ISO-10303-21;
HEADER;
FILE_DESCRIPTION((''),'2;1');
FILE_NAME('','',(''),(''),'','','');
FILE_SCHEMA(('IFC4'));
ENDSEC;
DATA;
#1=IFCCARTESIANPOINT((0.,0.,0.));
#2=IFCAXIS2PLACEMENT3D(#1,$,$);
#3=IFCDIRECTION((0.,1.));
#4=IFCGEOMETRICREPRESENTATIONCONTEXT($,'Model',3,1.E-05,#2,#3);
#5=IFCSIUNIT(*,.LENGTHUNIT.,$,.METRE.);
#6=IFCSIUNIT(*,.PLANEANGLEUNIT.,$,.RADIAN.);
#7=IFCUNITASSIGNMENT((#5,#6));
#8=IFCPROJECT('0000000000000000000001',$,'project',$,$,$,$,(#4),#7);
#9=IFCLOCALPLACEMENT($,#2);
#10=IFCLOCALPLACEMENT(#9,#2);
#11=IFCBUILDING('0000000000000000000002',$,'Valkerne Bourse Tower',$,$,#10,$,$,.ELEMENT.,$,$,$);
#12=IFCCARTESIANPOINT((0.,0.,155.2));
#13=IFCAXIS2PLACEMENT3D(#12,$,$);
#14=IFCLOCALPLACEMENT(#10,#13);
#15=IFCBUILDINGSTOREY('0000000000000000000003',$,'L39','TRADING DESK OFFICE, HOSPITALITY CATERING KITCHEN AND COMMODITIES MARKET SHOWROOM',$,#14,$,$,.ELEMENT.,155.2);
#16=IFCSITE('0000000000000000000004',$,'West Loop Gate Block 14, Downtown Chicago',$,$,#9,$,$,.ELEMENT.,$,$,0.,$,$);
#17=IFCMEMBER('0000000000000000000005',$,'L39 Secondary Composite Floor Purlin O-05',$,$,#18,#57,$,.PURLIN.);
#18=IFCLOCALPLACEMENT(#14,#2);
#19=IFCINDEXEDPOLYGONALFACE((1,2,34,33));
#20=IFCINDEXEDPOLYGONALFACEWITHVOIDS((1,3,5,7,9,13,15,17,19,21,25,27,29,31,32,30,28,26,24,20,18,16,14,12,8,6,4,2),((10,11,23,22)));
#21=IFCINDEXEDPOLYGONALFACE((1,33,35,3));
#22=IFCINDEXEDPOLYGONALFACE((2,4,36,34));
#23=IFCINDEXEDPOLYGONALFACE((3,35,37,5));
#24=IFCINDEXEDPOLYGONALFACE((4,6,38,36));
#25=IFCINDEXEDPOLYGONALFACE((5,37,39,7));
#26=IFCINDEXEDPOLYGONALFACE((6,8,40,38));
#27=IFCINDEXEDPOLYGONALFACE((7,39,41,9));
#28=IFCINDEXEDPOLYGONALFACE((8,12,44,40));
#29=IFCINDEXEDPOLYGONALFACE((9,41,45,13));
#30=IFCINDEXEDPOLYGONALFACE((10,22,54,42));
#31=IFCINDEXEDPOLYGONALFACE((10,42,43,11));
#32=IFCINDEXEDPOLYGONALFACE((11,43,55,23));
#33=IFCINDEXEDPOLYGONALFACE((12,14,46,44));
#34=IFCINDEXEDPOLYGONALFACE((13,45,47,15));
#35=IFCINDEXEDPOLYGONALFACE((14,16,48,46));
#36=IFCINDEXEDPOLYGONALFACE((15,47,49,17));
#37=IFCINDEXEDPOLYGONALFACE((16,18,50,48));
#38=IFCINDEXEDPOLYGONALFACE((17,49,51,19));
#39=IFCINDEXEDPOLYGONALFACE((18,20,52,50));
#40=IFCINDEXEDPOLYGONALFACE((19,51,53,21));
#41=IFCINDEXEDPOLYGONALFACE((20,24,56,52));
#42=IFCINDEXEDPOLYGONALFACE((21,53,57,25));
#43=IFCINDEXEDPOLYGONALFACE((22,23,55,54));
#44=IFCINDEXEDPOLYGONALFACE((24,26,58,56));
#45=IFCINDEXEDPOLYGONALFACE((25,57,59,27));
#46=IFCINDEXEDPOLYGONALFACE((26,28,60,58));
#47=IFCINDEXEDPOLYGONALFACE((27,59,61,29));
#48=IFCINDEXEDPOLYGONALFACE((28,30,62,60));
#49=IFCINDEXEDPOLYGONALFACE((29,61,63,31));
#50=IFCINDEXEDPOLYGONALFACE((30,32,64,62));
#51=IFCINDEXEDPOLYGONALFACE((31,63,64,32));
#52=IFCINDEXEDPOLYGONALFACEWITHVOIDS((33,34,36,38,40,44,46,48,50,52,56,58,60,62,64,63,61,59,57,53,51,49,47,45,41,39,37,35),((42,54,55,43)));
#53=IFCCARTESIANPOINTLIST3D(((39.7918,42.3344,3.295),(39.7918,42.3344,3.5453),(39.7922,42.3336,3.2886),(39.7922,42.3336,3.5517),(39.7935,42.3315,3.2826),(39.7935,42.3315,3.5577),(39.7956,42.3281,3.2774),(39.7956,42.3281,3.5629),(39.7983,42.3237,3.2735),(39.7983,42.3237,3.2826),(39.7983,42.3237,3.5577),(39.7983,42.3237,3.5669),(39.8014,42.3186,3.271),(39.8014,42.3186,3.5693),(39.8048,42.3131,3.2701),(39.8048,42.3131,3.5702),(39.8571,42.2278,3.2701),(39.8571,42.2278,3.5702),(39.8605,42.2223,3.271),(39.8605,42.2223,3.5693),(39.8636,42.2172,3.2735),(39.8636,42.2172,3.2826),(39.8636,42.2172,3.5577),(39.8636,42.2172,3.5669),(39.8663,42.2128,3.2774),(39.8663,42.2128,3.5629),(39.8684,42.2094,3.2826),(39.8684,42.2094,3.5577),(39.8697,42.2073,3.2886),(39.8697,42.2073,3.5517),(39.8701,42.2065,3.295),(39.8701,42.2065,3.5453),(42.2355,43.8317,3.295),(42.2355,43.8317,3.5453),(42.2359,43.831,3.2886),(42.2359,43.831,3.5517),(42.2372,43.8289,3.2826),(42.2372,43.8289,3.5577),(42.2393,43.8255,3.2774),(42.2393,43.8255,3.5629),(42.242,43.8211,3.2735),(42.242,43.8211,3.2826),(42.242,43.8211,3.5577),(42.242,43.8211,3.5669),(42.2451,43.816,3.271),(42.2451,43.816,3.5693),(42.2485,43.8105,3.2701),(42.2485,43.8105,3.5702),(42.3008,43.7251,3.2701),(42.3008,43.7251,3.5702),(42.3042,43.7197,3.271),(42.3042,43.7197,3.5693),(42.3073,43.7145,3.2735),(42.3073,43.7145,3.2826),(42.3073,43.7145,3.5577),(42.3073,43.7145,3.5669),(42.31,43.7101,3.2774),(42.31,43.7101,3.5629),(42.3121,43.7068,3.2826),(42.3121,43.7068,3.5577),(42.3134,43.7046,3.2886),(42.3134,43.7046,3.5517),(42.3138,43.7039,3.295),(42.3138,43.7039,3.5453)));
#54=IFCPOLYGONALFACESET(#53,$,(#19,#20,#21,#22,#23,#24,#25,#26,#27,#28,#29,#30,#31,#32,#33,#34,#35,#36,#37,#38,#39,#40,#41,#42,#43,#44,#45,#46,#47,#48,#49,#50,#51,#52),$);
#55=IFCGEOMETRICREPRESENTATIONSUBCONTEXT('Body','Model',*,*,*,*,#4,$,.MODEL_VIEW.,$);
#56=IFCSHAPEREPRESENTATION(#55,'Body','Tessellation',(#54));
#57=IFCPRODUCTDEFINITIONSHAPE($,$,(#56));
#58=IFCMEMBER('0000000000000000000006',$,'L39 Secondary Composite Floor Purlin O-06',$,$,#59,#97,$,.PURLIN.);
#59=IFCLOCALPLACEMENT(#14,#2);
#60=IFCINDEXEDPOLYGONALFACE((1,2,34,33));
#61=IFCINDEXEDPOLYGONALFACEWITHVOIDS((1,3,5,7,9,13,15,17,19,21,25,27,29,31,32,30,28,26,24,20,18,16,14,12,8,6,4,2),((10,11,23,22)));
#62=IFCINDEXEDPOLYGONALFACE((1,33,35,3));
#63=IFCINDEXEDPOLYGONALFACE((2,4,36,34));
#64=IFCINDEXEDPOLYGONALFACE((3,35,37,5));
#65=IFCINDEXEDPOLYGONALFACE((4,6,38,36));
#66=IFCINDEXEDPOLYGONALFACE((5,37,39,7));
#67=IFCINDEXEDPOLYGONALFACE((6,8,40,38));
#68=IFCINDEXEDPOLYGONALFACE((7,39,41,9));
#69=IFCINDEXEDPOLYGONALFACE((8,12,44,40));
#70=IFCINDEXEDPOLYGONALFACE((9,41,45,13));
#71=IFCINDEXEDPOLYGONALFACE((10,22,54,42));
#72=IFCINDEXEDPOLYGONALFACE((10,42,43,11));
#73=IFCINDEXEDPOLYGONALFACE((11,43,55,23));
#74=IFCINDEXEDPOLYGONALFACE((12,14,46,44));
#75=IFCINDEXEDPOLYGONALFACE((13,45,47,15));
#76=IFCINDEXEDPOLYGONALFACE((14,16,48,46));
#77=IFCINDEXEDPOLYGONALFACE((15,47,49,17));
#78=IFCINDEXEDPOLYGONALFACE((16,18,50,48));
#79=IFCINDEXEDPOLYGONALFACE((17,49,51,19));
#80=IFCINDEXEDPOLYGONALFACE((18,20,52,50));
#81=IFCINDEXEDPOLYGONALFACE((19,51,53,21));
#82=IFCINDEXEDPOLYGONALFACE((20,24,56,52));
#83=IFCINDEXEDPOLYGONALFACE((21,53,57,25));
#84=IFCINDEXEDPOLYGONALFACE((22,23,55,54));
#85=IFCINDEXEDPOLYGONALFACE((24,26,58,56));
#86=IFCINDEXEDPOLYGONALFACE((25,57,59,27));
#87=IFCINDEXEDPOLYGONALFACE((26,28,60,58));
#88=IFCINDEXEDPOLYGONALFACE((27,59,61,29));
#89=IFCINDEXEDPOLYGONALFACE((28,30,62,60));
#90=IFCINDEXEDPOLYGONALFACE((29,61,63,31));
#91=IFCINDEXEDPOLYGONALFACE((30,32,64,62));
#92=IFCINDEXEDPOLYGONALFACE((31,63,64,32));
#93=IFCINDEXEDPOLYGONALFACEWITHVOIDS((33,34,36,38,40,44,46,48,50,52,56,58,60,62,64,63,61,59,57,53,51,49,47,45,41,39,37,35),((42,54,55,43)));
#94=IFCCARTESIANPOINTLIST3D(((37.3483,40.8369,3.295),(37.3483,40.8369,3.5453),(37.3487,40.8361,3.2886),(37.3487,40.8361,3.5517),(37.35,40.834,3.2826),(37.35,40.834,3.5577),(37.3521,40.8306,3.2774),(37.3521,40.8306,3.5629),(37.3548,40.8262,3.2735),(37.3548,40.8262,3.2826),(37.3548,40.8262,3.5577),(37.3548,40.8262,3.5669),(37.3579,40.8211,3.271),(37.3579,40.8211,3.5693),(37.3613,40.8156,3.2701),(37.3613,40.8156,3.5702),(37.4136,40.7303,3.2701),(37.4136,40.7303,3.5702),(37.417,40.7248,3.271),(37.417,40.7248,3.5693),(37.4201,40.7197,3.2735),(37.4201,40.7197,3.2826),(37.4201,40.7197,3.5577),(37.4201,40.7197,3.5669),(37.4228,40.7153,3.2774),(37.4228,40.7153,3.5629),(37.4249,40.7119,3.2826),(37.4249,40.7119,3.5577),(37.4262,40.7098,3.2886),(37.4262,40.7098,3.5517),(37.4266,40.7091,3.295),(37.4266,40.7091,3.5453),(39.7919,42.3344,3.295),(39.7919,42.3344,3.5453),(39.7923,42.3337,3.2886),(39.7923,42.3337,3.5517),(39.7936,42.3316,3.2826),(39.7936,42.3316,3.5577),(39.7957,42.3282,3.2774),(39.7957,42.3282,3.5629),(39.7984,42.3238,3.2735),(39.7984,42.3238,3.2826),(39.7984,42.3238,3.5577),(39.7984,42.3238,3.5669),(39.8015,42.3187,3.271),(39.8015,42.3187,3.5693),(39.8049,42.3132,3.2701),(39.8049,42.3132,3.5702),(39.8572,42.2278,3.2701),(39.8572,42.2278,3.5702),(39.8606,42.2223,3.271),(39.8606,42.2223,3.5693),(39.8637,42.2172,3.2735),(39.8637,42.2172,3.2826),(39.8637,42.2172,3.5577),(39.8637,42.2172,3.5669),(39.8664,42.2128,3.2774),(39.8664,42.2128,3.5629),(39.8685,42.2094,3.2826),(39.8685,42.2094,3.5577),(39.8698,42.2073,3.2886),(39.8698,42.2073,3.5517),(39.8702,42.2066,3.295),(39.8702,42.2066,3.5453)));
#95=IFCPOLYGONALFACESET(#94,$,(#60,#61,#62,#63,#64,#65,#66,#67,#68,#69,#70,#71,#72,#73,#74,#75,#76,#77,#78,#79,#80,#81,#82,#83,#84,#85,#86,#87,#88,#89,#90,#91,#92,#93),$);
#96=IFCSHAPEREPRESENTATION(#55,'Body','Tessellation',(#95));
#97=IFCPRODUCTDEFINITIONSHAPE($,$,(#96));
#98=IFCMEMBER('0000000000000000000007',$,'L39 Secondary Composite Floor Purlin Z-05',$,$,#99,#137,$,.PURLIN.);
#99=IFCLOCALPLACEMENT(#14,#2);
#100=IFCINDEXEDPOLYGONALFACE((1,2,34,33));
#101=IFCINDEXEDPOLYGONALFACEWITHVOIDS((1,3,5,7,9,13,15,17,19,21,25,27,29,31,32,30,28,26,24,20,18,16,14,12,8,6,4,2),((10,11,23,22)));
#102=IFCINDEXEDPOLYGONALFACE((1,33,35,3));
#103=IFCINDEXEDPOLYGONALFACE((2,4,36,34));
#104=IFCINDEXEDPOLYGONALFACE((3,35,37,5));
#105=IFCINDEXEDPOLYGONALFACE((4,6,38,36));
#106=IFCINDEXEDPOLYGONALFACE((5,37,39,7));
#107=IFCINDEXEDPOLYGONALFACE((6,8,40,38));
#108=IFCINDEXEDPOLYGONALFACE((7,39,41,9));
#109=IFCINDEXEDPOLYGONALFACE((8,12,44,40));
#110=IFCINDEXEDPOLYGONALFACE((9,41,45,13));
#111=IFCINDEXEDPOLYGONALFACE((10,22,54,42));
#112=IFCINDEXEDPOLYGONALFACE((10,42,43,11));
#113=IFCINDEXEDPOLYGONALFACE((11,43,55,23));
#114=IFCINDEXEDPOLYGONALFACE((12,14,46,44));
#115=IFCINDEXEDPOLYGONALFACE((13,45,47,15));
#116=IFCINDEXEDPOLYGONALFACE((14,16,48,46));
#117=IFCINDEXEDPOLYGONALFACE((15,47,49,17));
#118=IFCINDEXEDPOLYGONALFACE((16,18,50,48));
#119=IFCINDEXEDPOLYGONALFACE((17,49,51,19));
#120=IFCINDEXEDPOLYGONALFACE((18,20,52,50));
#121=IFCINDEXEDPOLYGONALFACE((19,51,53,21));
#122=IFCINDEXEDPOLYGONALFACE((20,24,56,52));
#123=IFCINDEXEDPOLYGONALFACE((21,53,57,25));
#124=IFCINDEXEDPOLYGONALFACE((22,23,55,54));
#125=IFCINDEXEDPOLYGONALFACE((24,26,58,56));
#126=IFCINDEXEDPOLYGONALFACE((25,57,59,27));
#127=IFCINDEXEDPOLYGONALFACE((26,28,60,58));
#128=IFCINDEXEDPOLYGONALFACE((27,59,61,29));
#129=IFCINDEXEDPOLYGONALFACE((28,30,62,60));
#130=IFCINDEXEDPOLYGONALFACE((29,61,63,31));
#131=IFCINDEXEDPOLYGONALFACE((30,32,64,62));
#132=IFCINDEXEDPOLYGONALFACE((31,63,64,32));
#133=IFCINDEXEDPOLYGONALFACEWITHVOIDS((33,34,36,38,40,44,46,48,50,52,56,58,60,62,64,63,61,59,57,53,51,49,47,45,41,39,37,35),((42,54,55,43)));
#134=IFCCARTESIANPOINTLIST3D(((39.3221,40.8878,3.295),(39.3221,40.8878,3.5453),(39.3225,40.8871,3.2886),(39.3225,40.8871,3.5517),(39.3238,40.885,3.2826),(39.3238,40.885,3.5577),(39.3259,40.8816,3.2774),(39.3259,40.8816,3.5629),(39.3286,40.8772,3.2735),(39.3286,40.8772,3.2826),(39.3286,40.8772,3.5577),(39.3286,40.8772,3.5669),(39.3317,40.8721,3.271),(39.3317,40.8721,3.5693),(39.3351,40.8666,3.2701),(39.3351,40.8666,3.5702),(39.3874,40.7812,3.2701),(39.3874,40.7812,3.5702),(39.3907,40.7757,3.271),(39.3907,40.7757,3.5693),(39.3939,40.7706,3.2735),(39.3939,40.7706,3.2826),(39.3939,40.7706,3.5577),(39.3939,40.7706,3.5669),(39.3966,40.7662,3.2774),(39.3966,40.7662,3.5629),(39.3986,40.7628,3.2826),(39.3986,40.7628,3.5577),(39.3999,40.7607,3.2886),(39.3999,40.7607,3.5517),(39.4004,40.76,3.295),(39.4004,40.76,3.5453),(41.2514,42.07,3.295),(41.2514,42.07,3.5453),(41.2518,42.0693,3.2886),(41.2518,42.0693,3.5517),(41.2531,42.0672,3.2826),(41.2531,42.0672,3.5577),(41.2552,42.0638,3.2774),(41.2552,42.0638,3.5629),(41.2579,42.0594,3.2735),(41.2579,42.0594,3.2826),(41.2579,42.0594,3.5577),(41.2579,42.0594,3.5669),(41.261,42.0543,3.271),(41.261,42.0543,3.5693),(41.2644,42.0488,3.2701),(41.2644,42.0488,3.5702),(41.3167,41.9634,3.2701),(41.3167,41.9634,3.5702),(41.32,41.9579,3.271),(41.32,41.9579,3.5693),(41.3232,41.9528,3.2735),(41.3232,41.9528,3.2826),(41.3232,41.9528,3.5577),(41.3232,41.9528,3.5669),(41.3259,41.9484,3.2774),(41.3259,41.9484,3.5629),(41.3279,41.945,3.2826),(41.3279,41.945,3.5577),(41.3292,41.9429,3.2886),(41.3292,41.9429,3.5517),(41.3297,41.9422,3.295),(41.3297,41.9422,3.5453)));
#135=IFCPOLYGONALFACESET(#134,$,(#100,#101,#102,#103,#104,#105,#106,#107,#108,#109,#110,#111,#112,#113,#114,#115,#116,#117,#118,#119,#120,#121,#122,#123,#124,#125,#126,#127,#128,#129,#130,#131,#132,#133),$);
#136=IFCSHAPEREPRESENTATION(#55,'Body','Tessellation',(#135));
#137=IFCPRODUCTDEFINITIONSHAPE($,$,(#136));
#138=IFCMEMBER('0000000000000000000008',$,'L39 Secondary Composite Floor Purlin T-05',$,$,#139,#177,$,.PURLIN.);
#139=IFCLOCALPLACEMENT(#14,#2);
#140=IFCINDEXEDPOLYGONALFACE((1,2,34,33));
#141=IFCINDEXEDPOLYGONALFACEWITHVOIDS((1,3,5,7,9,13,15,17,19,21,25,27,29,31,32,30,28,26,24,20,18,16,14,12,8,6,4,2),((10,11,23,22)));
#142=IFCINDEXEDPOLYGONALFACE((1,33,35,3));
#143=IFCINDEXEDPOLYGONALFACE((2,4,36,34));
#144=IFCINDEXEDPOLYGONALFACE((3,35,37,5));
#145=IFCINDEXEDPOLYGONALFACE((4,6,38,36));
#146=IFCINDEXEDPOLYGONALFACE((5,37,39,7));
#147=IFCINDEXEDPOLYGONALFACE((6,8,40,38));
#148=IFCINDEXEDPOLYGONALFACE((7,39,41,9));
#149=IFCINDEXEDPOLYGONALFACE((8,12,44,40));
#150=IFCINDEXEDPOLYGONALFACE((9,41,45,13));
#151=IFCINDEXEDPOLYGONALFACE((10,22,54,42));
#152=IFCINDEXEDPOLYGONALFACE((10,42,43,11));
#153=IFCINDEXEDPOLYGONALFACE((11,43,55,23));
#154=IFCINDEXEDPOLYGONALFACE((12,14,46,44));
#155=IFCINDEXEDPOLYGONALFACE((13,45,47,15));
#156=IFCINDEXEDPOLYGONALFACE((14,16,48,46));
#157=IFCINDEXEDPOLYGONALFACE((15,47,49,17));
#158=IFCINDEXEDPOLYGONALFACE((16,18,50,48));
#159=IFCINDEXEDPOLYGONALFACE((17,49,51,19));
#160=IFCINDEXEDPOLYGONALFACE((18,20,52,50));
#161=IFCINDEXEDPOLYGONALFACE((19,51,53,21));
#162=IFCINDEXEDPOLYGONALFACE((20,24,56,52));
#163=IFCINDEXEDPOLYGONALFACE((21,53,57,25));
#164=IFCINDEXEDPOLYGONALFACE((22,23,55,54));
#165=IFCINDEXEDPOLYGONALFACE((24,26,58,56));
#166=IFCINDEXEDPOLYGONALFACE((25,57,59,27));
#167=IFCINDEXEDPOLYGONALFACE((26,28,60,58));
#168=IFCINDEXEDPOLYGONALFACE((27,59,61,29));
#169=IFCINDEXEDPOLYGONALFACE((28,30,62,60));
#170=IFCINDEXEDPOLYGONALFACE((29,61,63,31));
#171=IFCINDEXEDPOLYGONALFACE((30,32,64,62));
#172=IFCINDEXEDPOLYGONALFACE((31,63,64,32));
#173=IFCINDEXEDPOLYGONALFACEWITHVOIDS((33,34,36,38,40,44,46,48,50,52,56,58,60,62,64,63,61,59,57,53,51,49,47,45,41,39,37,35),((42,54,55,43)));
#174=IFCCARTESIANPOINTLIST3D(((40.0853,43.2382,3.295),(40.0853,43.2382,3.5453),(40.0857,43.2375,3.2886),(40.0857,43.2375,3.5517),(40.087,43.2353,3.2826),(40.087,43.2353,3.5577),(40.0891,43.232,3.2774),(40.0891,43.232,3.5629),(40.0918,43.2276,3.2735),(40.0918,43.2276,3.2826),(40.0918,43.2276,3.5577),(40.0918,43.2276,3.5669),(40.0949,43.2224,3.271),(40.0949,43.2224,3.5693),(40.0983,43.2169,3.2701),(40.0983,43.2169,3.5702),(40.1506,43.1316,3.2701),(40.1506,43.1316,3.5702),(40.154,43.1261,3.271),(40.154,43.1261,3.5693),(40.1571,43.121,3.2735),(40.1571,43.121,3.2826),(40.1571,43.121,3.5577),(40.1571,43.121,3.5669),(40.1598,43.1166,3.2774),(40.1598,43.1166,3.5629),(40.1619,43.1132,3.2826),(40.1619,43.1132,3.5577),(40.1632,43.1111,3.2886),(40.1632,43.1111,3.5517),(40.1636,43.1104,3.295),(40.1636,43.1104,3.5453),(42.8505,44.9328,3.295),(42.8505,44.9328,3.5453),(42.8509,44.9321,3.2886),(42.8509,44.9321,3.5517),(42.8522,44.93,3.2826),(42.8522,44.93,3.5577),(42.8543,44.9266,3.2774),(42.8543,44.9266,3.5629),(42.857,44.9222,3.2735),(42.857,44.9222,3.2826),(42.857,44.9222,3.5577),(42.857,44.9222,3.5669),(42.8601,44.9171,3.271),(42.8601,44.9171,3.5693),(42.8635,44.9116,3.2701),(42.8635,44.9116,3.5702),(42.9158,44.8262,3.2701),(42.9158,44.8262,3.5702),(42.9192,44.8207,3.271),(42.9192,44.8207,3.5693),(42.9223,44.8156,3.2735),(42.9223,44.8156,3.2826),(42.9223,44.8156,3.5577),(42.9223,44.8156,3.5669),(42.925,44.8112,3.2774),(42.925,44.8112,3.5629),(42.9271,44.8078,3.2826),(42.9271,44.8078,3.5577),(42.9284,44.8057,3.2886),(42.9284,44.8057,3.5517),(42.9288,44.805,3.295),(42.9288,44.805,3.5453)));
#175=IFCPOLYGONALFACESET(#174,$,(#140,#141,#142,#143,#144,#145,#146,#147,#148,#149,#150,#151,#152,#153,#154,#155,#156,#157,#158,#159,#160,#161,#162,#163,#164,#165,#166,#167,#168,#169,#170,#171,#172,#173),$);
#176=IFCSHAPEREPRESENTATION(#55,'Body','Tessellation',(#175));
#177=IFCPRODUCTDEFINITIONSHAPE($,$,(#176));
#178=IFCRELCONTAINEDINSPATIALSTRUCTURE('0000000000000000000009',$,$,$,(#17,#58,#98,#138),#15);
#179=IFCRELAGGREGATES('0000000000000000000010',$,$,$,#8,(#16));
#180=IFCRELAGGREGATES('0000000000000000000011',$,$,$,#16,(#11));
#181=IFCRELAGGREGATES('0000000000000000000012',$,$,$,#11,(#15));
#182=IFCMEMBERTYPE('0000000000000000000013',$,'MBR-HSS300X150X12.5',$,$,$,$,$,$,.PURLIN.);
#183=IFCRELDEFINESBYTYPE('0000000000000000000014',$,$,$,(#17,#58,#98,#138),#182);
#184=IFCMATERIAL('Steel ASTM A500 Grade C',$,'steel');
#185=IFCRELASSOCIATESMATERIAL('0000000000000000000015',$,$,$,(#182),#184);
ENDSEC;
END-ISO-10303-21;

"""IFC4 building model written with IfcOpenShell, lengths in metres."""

from ifc_helpers import new_model, si_unit, direction, frame, origin, origin_2d, place, context, subcontext, project, spatial, hollow_rectangle, extrude, material, material_profile, profile_set, type_object, element, save


model = new_model("IFC4")

# Units and contexts
model_context = context("Model", 3, precision=1e-05, world=origin(), true_north=direction((0.0, 1.0)))
body_context = subcontext(model_context, "Body", "Model", "MODEL_VIEW")
ifc_project = project(units=[si_unit("LENGTHUNIT", "METRE"), si_unit("PLANEANGLEUNIT", "RADIAN")], contexts=[model_context])

# Site, building, storey
site_placement = place(None, origin())
site = spatial("IfcSite", under=ifc_project, at=site_placement, Name="West Loop Gate Block 14, Downtown Chicago", CompositionType="ELEMENT", RefElevation=0.0)
building_placement = place(site_placement, origin())
building = spatial("IfcBuilding", under=site, at=building_placement, Name="Valkerne Bourse Tower", CompositionType="ELEMENT")
storey_placement = place(building_placement, frame((0.0, 0.0, 155.2)))
storey = spatial("IfcBuildingStorey", under=building, at=storey_placement, Name="L39", Description="TRADING DESK OFFICE, HOSPITALITY CATERING KITCHEN AND COMMODITIES MARKET SHOWROOM", CompositionType="ELEMENT", Elevation=155.2)

# Members
ifc_material_1 = material(Name="Steel ASTM A500 Grade C", Category="steel")
ifc_material_profile_1 = material_profile(ifc_material_1, hollow_rectangle(XDim=0.1499, YDim=0.3, WallThickness=0.0125, OuterFilletRadius=0.0249, at=origin_2d()), Name="HSS300X150X12.5")
ifc_profile_set_1 = profile_set([ifc_material_profile_1], Name="Steel ASTM A500 Grade C")
member_type_1 = type_object("IfcMemberType", Name="MBR-HSS300X150X12.5", PredefinedType="PURLIN", material=ifc_profile_set_1)
for number, where, z_axis, x_axis, name in (
    (1, (42.2747, 43.7678, 3.4202), (-0.85266, -0.522466, 0.0), (0.522466, -0.85266, 0.0), "L39 Secondary Composite Floor Purlin O-05"),
    (2, (39.8311, 42.2705, 3.4202), (-0.852622, -0.522528, 0.0), (0.522528, -0.852622, 0.0), "L39 Secondary Composite Floor Purlin O-06"),
):
    element("IfcMember", number, at=place(storey_placement, frame(where, z_axis=z_axis, x_axis=x_axis)), inside=storey, type_object=member_type_1, Name=name, PredefinedType="PURLIN", context=body_context, shape_type="SweptSolid", body=[
        extrude(hollow_rectangle(XDim=0.1499, YDim=0.3, WallThickness=0.0125, OuterFilletRadius=0.0249, at=origin_2d()), origin(), (0.0, 0.0, 1.0), 2.866),
    ])
member_1_placement = place(storey_placement, frame((41.2905, 42.0061, 3.4202), z_axis=(-0.852657, -0.522471, 0.0), x_axis=(0.522471, -0.852657, 0.0)))
element("IfcMember", 3, at=member_1_placement, inside=storey, type_object=member_type_1, Name="L39 Secondary Composite Floor Purlin Z-05", PredefinedType="PURLIN", context=body_context, shape_type="SweptSolid", body=[
    extrude(hollow_rectangle(XDim=0.1499, YDim=0.3, WallThickness=0.0125, OuterFilletRadius=0.0249, at=origin_2d()), origin(), (0.0, 0.0, 1.0), 2.2627),
])
member_2_placement = place(storey_placement, frame((42.8896, 44.8689, 3.4202), z_axis=(-0.852626, -0.522521, 0.0), x_axis=(0.522521, -0.852626, 0.0)))
element("IfcMember", 4, at=member_2_placement, inside=storey, type_object=member_type_1, Name="L39 Secondary Composite Floor Purlin T-05", PredefinedType="PURLIN", context=body_context, shape_type="SweptSolid", body=[
    extrude(hollow_rectangle(XDim=0.1499, YDim=0.3, WallThickness=0.0125, OuterFilletRadius=0.0249, at=origin_2d()), origin(), (0.0, 0.0, 1.0), 3.2432),
])

save(model, "model.ifc")
